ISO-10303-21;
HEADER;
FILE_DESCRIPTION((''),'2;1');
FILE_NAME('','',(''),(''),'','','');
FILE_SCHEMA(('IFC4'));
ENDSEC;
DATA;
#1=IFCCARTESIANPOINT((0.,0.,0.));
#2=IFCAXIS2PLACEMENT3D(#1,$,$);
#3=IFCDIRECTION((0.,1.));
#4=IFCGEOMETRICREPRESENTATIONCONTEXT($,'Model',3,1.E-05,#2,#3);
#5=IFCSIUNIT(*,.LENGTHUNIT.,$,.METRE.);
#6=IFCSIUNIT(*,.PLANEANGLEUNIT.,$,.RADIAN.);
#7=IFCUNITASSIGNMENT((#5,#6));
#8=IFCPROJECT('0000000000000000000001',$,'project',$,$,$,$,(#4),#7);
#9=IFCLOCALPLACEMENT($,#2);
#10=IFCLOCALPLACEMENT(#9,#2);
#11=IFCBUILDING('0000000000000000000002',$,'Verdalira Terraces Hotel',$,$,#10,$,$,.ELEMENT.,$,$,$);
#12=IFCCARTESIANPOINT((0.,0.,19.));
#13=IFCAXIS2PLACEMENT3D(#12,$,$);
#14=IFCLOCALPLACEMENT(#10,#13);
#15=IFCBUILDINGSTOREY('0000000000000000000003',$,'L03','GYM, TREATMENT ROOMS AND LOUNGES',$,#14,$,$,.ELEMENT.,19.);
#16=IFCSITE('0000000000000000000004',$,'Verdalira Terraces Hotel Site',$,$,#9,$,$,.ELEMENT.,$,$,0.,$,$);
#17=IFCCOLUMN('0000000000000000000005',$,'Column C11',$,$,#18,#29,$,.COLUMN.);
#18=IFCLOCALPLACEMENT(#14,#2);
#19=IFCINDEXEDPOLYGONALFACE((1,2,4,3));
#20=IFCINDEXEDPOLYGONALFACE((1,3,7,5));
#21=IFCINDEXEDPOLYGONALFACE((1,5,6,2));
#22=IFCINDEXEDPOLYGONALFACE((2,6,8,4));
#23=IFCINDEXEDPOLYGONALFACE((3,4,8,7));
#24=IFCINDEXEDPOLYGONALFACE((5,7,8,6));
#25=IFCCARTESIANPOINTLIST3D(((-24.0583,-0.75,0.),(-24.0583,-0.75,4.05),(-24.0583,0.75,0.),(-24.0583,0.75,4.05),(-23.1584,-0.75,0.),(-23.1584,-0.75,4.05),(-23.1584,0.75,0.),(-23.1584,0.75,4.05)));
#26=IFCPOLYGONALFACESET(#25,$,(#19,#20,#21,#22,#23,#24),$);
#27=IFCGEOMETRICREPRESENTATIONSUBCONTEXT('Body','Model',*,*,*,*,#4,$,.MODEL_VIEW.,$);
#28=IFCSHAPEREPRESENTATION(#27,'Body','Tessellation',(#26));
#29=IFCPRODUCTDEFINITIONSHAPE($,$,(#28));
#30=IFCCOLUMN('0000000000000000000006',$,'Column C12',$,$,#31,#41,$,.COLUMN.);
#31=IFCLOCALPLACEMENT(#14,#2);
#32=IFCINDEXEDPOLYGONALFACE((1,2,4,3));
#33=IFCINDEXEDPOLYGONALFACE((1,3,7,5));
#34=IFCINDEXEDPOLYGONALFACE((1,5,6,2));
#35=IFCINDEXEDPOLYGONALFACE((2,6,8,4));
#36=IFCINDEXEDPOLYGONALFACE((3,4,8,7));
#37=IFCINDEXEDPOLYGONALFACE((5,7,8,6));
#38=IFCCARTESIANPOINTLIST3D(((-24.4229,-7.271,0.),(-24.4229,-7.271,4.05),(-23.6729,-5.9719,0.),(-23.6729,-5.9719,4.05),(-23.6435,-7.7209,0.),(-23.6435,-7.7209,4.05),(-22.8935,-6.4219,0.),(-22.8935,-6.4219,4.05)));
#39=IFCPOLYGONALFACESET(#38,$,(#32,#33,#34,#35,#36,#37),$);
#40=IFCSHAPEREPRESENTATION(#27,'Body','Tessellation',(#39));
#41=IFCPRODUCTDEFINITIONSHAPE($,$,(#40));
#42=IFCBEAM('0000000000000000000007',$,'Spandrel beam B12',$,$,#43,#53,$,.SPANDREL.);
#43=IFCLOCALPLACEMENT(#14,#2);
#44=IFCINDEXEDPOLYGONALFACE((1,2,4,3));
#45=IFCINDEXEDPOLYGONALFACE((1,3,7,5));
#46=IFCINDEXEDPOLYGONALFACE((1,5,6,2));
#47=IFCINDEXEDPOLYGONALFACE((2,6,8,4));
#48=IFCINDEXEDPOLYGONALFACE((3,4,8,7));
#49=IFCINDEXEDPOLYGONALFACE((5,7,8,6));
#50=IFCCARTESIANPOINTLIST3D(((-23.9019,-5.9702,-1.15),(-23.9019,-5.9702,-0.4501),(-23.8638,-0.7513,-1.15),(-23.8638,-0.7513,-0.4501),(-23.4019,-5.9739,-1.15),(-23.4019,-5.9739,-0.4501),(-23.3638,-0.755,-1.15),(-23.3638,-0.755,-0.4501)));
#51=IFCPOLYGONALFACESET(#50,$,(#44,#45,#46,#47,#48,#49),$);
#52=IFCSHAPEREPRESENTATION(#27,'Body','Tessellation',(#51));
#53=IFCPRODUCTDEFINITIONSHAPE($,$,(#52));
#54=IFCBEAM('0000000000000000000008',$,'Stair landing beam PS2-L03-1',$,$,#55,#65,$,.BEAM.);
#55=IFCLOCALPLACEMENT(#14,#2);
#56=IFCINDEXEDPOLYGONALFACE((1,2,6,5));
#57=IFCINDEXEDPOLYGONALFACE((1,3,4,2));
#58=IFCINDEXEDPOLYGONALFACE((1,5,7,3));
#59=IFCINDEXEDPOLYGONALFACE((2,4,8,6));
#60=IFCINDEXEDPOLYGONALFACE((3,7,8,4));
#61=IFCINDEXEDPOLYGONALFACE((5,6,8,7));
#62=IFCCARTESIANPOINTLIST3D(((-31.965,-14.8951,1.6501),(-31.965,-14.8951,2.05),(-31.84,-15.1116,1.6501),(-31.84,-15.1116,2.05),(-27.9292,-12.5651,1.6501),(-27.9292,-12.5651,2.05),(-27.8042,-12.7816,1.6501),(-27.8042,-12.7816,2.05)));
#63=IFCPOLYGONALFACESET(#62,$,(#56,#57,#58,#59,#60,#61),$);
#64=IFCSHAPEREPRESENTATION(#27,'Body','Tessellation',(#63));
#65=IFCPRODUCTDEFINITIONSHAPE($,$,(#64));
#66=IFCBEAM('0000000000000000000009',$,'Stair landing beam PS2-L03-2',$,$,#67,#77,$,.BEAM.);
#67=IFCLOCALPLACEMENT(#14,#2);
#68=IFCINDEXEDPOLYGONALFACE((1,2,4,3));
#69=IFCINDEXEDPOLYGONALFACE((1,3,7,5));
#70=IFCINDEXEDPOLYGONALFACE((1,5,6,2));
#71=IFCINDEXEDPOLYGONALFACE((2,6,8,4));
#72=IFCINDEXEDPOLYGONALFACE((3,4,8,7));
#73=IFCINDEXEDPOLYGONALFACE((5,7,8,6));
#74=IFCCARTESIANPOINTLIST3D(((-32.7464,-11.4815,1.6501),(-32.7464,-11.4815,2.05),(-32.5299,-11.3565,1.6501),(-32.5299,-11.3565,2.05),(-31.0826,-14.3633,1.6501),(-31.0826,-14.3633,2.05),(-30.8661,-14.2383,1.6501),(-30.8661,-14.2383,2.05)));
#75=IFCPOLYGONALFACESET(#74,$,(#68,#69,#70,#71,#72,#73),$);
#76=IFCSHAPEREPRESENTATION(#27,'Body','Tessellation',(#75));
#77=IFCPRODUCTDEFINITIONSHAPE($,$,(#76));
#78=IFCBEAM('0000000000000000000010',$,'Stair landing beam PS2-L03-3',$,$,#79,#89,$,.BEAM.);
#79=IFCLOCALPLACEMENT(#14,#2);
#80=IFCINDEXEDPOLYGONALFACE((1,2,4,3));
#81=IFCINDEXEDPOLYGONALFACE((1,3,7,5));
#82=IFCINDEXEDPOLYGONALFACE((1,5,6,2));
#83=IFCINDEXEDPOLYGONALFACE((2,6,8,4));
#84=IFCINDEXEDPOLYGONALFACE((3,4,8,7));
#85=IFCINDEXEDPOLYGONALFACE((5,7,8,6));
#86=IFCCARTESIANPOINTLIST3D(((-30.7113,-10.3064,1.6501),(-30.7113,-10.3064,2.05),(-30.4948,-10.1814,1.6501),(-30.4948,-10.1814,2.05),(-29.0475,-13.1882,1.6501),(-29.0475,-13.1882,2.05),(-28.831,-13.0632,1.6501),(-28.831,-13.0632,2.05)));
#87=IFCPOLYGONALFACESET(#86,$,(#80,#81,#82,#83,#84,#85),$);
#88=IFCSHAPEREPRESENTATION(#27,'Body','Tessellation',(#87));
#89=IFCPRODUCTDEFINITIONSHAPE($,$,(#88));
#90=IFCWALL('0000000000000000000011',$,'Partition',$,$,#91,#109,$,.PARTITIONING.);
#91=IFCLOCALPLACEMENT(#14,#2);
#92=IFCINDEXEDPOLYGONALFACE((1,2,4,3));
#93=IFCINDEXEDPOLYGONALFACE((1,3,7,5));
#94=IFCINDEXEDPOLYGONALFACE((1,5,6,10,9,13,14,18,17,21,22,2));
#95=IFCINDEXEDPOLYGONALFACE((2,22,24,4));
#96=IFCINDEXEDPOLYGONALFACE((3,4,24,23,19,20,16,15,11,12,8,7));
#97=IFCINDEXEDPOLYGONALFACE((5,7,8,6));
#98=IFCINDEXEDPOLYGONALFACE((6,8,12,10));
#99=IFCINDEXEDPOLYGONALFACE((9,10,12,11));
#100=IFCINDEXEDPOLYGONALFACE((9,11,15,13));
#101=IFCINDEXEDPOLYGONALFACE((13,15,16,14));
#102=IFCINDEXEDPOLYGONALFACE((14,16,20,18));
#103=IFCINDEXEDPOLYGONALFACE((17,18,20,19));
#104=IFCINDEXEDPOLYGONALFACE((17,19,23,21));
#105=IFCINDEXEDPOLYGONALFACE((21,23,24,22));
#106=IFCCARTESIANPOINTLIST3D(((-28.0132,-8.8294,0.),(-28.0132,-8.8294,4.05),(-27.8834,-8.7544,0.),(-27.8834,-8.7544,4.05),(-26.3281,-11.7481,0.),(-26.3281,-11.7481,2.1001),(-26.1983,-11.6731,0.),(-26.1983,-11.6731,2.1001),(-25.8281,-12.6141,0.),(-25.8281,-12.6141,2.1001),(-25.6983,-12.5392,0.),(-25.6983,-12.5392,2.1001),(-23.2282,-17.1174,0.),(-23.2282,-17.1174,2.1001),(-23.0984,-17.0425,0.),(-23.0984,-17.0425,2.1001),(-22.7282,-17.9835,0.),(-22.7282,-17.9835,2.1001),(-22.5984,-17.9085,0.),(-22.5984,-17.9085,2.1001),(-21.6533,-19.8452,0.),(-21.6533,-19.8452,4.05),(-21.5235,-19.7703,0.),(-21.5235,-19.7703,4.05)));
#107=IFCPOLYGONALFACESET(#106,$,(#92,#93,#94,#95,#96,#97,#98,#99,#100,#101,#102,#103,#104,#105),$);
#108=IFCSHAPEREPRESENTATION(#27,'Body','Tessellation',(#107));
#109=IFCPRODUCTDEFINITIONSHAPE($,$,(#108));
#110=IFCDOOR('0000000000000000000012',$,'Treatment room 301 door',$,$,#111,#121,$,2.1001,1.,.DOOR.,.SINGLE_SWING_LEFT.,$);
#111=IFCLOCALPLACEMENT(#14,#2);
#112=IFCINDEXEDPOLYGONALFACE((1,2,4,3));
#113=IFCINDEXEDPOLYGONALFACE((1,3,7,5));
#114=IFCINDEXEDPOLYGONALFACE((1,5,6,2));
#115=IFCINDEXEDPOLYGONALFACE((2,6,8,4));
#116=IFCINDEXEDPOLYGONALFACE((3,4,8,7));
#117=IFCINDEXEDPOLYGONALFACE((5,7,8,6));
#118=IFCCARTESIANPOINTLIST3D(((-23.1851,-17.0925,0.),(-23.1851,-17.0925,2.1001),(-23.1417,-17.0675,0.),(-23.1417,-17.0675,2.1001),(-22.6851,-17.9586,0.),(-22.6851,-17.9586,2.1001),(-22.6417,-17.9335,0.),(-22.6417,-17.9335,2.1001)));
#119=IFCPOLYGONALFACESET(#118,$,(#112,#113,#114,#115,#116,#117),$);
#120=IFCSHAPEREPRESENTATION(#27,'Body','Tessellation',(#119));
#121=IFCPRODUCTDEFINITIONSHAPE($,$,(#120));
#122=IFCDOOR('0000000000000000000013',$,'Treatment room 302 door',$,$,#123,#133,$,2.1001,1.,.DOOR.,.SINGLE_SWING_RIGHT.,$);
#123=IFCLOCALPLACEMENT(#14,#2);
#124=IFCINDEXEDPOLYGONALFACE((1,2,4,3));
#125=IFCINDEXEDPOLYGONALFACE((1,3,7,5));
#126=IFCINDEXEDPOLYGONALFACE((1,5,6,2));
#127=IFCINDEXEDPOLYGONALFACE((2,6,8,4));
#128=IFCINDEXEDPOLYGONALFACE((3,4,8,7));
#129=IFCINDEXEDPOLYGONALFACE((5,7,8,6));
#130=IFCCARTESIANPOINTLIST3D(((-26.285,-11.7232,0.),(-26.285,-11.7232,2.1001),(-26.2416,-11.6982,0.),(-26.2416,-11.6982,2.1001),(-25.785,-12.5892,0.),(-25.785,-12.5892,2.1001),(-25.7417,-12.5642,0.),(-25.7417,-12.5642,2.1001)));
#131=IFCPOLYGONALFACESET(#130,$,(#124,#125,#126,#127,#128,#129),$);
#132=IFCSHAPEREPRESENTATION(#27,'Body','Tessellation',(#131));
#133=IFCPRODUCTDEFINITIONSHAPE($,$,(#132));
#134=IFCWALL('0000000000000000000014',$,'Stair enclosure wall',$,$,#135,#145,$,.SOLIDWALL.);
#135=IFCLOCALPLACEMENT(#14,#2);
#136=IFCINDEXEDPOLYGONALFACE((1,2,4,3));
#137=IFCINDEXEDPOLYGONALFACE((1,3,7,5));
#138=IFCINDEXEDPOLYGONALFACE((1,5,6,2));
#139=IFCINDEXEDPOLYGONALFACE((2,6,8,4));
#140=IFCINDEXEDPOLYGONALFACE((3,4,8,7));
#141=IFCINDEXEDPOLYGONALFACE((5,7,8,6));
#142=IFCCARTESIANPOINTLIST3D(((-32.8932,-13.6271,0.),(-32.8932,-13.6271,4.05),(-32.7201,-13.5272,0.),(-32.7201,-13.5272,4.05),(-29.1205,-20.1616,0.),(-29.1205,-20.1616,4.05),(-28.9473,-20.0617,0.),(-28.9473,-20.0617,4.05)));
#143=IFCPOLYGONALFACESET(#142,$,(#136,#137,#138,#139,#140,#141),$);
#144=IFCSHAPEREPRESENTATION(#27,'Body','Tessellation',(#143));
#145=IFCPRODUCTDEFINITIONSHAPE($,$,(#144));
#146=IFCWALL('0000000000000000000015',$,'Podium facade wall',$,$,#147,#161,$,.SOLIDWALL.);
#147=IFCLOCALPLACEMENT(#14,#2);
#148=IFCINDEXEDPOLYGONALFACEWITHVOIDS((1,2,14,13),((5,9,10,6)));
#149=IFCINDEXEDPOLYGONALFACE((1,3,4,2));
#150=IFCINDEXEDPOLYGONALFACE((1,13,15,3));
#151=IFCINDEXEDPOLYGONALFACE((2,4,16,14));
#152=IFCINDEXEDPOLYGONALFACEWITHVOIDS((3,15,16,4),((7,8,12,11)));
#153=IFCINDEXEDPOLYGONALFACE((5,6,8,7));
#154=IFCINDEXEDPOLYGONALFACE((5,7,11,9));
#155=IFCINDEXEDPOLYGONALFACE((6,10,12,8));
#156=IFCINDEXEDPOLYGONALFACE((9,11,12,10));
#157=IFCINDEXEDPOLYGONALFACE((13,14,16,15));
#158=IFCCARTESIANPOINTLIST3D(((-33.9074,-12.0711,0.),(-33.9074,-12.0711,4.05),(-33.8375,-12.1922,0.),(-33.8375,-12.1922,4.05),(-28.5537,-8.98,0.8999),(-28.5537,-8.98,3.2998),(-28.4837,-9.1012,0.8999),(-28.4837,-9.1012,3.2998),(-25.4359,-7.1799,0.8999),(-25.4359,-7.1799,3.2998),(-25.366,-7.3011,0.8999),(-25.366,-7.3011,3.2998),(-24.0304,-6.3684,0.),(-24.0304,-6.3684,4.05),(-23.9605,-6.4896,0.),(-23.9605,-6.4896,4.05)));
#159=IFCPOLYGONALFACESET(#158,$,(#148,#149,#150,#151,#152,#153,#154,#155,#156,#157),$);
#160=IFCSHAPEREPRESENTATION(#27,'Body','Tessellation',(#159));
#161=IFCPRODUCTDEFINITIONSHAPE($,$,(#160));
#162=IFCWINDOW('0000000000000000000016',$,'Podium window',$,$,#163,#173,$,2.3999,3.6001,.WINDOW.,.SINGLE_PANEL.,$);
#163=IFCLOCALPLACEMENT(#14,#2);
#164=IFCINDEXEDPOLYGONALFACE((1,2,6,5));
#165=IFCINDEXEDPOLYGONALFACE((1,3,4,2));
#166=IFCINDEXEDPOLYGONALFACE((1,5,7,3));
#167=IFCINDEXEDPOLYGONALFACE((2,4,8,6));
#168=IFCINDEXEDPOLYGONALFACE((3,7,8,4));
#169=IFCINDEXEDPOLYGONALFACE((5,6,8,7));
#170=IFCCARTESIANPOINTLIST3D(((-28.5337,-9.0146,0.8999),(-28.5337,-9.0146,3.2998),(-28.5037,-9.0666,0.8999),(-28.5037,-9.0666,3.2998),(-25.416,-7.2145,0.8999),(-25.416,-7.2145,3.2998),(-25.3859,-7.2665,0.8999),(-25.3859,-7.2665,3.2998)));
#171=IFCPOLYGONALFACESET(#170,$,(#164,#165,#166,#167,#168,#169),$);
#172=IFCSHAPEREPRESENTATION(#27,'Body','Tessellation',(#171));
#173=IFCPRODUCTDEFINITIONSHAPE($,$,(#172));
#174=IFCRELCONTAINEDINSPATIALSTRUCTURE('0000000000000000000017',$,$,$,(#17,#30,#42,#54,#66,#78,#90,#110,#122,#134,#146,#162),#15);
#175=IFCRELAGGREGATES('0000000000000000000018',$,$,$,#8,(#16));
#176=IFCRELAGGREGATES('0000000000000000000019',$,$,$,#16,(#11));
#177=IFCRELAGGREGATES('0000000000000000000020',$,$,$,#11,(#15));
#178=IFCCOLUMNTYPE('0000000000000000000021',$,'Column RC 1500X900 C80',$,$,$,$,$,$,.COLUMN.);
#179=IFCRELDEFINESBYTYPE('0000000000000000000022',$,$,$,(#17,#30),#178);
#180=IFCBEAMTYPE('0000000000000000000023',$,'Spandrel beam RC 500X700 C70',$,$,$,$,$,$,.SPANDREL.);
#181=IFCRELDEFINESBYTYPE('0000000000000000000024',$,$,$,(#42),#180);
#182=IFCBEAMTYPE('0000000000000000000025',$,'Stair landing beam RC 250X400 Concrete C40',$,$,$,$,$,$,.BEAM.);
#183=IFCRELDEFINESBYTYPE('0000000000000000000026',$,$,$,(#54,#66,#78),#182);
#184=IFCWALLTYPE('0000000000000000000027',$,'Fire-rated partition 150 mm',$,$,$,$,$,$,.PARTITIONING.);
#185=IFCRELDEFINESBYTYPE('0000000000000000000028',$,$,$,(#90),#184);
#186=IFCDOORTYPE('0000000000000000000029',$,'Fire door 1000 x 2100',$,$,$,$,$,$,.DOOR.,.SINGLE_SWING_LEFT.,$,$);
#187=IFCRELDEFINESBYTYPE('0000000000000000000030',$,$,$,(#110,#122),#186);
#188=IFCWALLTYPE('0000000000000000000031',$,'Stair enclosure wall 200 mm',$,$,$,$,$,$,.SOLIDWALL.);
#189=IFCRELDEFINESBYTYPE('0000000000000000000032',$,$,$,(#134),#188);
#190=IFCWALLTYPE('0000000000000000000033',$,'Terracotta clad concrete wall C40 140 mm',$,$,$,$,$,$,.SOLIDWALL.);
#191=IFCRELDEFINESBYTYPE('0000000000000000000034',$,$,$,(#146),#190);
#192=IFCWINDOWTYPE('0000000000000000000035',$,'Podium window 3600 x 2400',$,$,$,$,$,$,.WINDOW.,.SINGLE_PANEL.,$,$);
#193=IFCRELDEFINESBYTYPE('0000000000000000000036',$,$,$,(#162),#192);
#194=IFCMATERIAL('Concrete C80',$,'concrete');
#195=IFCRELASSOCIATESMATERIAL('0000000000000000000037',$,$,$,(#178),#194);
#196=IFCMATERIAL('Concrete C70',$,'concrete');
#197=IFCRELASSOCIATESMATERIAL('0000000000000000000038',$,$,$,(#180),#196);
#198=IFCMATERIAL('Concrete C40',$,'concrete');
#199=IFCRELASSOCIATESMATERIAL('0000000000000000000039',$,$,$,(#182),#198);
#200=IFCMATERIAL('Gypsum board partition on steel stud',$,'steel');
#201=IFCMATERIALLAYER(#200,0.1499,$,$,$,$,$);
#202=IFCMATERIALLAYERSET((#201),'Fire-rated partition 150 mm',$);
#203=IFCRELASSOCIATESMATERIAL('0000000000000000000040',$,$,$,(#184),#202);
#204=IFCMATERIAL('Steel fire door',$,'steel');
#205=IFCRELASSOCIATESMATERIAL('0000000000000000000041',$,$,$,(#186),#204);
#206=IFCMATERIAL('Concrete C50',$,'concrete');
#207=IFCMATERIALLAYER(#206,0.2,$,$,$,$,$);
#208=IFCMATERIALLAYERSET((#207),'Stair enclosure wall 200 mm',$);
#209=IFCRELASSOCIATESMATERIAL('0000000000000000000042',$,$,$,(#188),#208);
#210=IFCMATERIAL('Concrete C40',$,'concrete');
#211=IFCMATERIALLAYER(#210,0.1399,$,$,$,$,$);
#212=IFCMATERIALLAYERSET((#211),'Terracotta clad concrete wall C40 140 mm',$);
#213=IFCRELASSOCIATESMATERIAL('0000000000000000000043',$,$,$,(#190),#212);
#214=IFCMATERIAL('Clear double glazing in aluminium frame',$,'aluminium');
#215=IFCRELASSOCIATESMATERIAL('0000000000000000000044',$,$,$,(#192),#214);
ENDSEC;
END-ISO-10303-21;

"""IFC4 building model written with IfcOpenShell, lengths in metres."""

from ifc_helpers import new_model, si_unit, direction, frame, frame_2d, origin, origin_2d, place, context, subcontext, project, spatial, rectangle, extrude, material, layer, layer_set, material_profile, profile_set, type_object, element, fill, save


model = new_model("IFC4")

# Units and contexts
model_context = context("Model", 3, precision=1e-05, world=origin(), true_north=direction((0.0, 1.0)))
body_context = subcontext(model_context, "Body", "Model", "MODEL_VIEW")
ifc_project = project(units=[si_unit("LENGTHUNIT", "METRE"), si_unit("PLANEANGLEUNIT", "RADIAN")], contexts=[model_context])

# Site, building, storey
site_placement = place(None, origin())
site = spatial("IfcSite", under=ifc_project, at=site_placement, Name="Verdalira Terraces Hotel Site", CompositionType="ELEMENT", RefElevation=0.0)
building_placement = place(site_placement, origin())
building = spatial("IfcBuilding", under=site, at=building_placement, Name="Verdalira Terraces Hotel", CompositionType="ELEMENT")
storey_placement = place(building_placement, frame((0.0, 0.0, 19.0)))
storey = spatial("IfcBuildingStorey", under=building, at=storey_placement, Name="L03", Description="GYM, TREATMENT ROOMS AND LOUNGES", CompositionType="ELEMENT", Elevation=19.0)

# Columns
ifc_material_1 = material(Name="Concrete C80", Category="concrete")
ifc_material_profile_1 = material_profile(ifc_material_1, rectangle(XDim=1.5, YDim=0.8999, at=origin_2d()), Name="RC 1500X900")
ifc_profile_set_1 = profile_set([ifc_material_profile_1], Name="Concrete C80")
column_type = type_object("IfcColumnType", Name="Column RC 1500X900 C80", PredefinedType="COLUMN", material=ifc_profile_set_1)
for number, where, z_axis, x_axis, name in (
    (1, (-23.6084, 0.0, 0.0), (0.0, 0.0, 1.0), (0.0, -1.0, 0.0), "Column C11"),
    (2, (-23.6582, -6.8464, 0.0), (0.0, 0.0, 1.0), (0.5, 0.866025, 0.0), "Column C12"),
):
    element("IfcColumn", number, at=place(storey_placement, frame(where, z_axis=z_axis, x_axis=x_axis)), inside=storey, type_object=column_type, Name=name, PredefinedType="COLUMN", context=body_context, shape_type="SweptSolid", body=[
        extrude(rectangle(XDim=1.5, YDim=0.8999, at=origin_2d()), origin(), (0.0, 0.0, 1.0), 4.05),
    ])

# Beams
ifc_material_2 = material(Name="Concrete C70", Category="concrete")
ifc_material_profile_2 = material_profile(ifc_material_2, rectangle(XDim=0.5, YDim=0.7, at=origin_2d()), Name="RC 500X700")
ifc_profile_set_2 = profile_set([ifc_material_profile_2], Name="Concrete C70")
beam_type_1 = type_object("IfcBeamType", Name="Spandrel beam RC 500X700 C70", PredefinedType="SPANDREL", material=ifc_profile_set_2)
beam_1_placement = place(storey_placement, frame((-23.6138, -0.7532, -0.8), z_axis=(-0.007298, -0.999973, 0.0), x_axis=(0.999973, -0.007298, 0.0)))
element("IfcBeam", 3, at=beam_1_placement, inside=storey, type_object=beam_type_1, Name="Spandrel beam B12", PredefinedType="SPANDREL", context=body_context, shape_type="SweptSolid", body=[
    extrude(rectangle(XDim=0.5, YDim=0.7, at=origin_2d()), origin(), (0.0, 0.0, 1.0), 5.219),
])
ifc_material_3 = material(Name="Concrete C40", Category="concrete")
ifc_material_profile_3 = material_profile(ifc_material_3, rectangle(XDim=0.25, YDim=0.3999, at=origin_2d()), Name="RC 250X400")
ifc_profile_set_3 = profile_set([ifc_material_profile_3], Name="Concrete C40")
beam_type_2 = type_object("IfcBeamType", Name="Stair landing beam RC 250X400 Concrete C40", PredefinedType="BEAM", material=ifc_profile_set_3)
beam_2_placement = place(storey_placement, frame((-27.8667, -12.6733, 1.8501), z_axis=(-0.866029, -0.499993, 0.0), x_axis=(0.499993, -0.866029, 0.0)))
element("IfcBeam", 4, at=beam_2_placement, inside=storey, type_object=beam_type_2, Name="Stair landing beam PS2-L03-1", PredefinedType="BEAM", context=body_context, shape_type="SweptSolid", body=[
    extrude(rectangle(XDim=0.25, YDim=0.3999, at=origin_2d()), origin(), (0.0, 0.0, 1.0), 4.6602),
])
for number, where, z_axis, x_axis, name in (
    (5, (-30.9744, -14.3008, 1.8501), (-0.499998, 0.866027, 0.0), (-0.866027, -0.499998, 0.0), "Stair landing beam PS2-L03-2"),
    (6, (-28.9392, -13.1257, 1.8501), (-0.499998, 0.866027, 0.0), (-0.866027, -0.499998, 0.0), "Stair landing beam PS2-L03-3"),
):
    element("IfcBeam", number, at=place(storey_placement, frame(where, z_axis=z_axis, x_axis=x_axis)), inside=storey, type_object=beam_type_2, Name=name, PredefinedType="BEAM", context=body_context, shape_type="SweptSolid", body=[
        extrude(rectangle(XDim=0.25, YDim=0.3999, at=origin_2d()), origin(), (0.0, 0.0, 1.0), 3.3276),
    ])

# Wall, openings, doors
ifc_material_4 = material(Name="Gypsum board partition on steel stud", Category="steel")
ifc_layer_1 = layer(ifc_material_4, 0.1499)
ifc_layer_set_1 = layer_set([ifc_layer_1], Name="Fire-rated partition 150 mm")
wall_type_1 = type_object("IfcWallType", Name="Fire-rated partition 150 mm", PredefinedType="PARTITIONING", material=ifc_layer_set_1)
wall_1_placement = place(storey_placement, frame((-27.9482, -8.792, 0.0), z_axis=(0.0, 0.0, 1.0), x_axis=(0.499991, -0.866031, 0.0)))
wall_1 = element("IfcWall", 7, at=wall_1_placement, inside=storey, type_object=wall_type_1, Name="Partition", PredefinedType="PARTITIONING", context=body_context, shape_type="SweptSolid", body=[
    extrude(rectangle(XDim=12.72, YDim=0.1499, at=frame_2d((6.3599, 0.0))), origin(), (0.0, 0.0, 1.0), 4.05),
])
opening_1_placement = place(wall_1_placement, frame((9.5701, 0.0, 0.0)))
opening_1 = element("IfcOpeningElement", 8, at=opening_1_placement, cuts=wall_1, PredefinedType="OPENING", context=body_context, shape_type="SweptSolid", body=[
    extrude(rectangle(XDim=1.0, YDim=2.1001, at=frame_2d((0.5, 1.05))), frame((0.0, 0.085, 0.0), z_axis=(0.0, -1.0, 0.0), x_axis=(1.0, 0.0, 0.0)), (0.0, 0.0, 1.0), 0.1699),
])
opening_2_placement = place(wall_1_placement, frame((3.3701, 0.0, 0.0)))
opening_2 = element("IfcOpeningElement", 9, at=opening_2_placement, cuts=wall_1, PredefinedType="OPENING", context=body_context, shape_type="SweptSolid", body=[
    extrude(rectangle(XDim=1.0, YDim=2.1001, at=frame_2d((0.5, 1.05))), frame((0.0, 0.085, 0.0), z_axis=(0.0, -1.0, 0.0), x_axis=(1.0, 0.0, 0.0)), (0.0, 0.0, 1.0), 0.1699),
])
ifc_material_5 = material(Name="Steel fire door", Category="steel")
door_type = type_object("IfcDoorType", Name="Fire door 1000 x 2100", OperationType="SINGLE_SWING_LEFT", PredefinedType="DOOR", material=ifc_material_5)
door_1_placement = place(opening_1_placement, origin())
door_1 = element("IfcDoor", 10, at=door_1_placement, inside=storey, type_object=door_type, Name="Treatment room 301 door", OperationType="SINGLE_SWING_LEFT", OverallHeight=2.1001, OverallWidth=1.0, PredefinedType="DOOR", context=body_context, shape_type="SweptSolid", body=[
    extrude(rectangle(XDim=1.0, YDim=2.1001, at=frame_2d((0.5, 1.05))), frame((0.0, 0.0249, 0.0), z_axis=(0.0, -1.0, 0.0), x_axis=(1.0, 0.0, 0.0)), (0.0, 0.0, 1.0), 0.05),
])
fill(opening_1, door_1)
door_2_placement = place(opening_2_placement, origin())
door_2 = element("IfcDoor", 11, at=door_2_placement, inside=storey, type_object=door_type, Name="Treatment room 302 door", OperationType="SINGLE_SWING_RIGHT", OverallHeight=2.1001, OverallWidth=1.0, PredefinedType="DOOR", context=body_context, shape_type="SweptSolid", body=[
    extrude(rectangle(XDim=1.0, YDim=2.1001, at=frame_2d((0.5, 1.05))), frame((0.0, 0.0249, 0.0), z_axis=(0.0, -1.0, 0.0), x_axis=(1.0, 0.0, 0.0)), (0.0, 0.0, 1.0), 0.05),
])
fill(opening_2, door_2)

# Wall
ifc_material_6 = material(Name="Concrete C50", Category="concrete")
ifc_layer_2 = layer(ifc_material_6, 0.2)
ifc_layer_set_2 = layer_set([ifc_layer_2], Name="Stair enclosure wall 200 mm")
wall_type_2 = type_object("IfcWallType", Name="Stair enclosure wall 200 mm", PredefinedType="SOLIDWALL", material=ifc_layer_set_2)
wall_2_placement = place(storey_placement, frame((-32.8066, -13.5771, 0.0), z_axis=(0.0, 0.0, 1.0), x_axis=(0.500005, -0.866022, 0.0)))
element("IfcWall", 12, at=wall_2_placement, inside=storey, type_object=wall_type_2, Name="Stair enclosure wall", PredefinedType="SOLIDWALL", context=body_context, shape_type="SweptSolid", body=[
    extrude(rectangle(XDim=7.5454, YDim=0.2, at=frame_2d((3.7727, 0.0))), origin(), (0.0, 0.0, 1.0), 4.05),
])

# Wall, opening, window
ifc_material_7 = material(Name="Concrete C40", Category="concrete")
ifc_layer_3 = layer(ifc_material_7, 0.1399)
ifc_layer_set_3 = layer_set([ifc_layer_3], Name="Terracotta clad concrete wall C40 140 mm")
wall_type_3 = type_object("IfcWallType", Name="Terracotta clad concrete wall C40 140 mm", PredefinedType="SOLIDWALL", material=ifc_layer_set_3)
wall_3_placement = place(storey_placement, frame((-23.9954, -6.429, 0.0), z_axis=(0.0, 0.0, 1.0), x_axis=(-0.866019, -0.500012, 0.0)))
wall_3 = element("IfcWall", 13, at=wall_3_placement, inside=storey, type_object=wall_type_3, Name="Podium facade wall", PredefinedType="SOLIDWALL", context=body_context, shape_type="SweptSolid", body=[
    extrude(rectangle(XDim=11.405, YDim=0.1399, at=frame_2d((5.7026, 0.0))), origin(), (0.0, 0.0, 1.0), 4.05),
])
opening_3_placement = place(wall_3_placement, frame((1.623, 0.0, 0.8999)))
opening_3 = element("IfcOpeningElement", 14, at=opening_3_placement, cuts=wall_3, PredefinedType="OPENING", context=body_context, shape_type="SweptSolid", body=[
    extrude(rectangle(XDim=3.6001, YDim=2.3999, at=frame_2d((1.8, 1.2))), frame((0.0, 0.0798, 0.0), z_axis=(0.0, -1.0, 0.0), x_axis=(1.0, 0.0, 0.0)), (0.0, 0.0, 1.0), 0.1599),
])
ifc_material_8 = material(Name="Clear double glazing in aluminium frame", Category="aluminium")
window_type = type_object("IfcWindowType", Name="Podium window 3600 x 2400", PartitioningType="SINGLE_PANEL", PredefinedType="WINDOW", material=ifc_material_8)
window_placement = place(opening_3_placement, origin())
window = element("IfcWindow", 15, at=window_placement, inside=storey, type_object=window_type, Name="Podium window", OverallHeight=2.3999, OverallWidth=3.6001, PartitioningType="SINGLE_PANEL", PredefinedType="WINDOW", context=body_context, shape_type="SweptSolid", body=[
    extrude(rectangle(XDim=3.6001, YDim=2.3999, at=frame_2d((1.8, 1.2))), frame((0.0, 0.03, 0.0), z_axis=(0.0, -1.0, 0.0), x_axis=(1.0, 0.0, 0.0)), (0.0, 0.0, 1.0), 0.0601),
])
fill(opening_3, window)

save(model, "model.ifc")
